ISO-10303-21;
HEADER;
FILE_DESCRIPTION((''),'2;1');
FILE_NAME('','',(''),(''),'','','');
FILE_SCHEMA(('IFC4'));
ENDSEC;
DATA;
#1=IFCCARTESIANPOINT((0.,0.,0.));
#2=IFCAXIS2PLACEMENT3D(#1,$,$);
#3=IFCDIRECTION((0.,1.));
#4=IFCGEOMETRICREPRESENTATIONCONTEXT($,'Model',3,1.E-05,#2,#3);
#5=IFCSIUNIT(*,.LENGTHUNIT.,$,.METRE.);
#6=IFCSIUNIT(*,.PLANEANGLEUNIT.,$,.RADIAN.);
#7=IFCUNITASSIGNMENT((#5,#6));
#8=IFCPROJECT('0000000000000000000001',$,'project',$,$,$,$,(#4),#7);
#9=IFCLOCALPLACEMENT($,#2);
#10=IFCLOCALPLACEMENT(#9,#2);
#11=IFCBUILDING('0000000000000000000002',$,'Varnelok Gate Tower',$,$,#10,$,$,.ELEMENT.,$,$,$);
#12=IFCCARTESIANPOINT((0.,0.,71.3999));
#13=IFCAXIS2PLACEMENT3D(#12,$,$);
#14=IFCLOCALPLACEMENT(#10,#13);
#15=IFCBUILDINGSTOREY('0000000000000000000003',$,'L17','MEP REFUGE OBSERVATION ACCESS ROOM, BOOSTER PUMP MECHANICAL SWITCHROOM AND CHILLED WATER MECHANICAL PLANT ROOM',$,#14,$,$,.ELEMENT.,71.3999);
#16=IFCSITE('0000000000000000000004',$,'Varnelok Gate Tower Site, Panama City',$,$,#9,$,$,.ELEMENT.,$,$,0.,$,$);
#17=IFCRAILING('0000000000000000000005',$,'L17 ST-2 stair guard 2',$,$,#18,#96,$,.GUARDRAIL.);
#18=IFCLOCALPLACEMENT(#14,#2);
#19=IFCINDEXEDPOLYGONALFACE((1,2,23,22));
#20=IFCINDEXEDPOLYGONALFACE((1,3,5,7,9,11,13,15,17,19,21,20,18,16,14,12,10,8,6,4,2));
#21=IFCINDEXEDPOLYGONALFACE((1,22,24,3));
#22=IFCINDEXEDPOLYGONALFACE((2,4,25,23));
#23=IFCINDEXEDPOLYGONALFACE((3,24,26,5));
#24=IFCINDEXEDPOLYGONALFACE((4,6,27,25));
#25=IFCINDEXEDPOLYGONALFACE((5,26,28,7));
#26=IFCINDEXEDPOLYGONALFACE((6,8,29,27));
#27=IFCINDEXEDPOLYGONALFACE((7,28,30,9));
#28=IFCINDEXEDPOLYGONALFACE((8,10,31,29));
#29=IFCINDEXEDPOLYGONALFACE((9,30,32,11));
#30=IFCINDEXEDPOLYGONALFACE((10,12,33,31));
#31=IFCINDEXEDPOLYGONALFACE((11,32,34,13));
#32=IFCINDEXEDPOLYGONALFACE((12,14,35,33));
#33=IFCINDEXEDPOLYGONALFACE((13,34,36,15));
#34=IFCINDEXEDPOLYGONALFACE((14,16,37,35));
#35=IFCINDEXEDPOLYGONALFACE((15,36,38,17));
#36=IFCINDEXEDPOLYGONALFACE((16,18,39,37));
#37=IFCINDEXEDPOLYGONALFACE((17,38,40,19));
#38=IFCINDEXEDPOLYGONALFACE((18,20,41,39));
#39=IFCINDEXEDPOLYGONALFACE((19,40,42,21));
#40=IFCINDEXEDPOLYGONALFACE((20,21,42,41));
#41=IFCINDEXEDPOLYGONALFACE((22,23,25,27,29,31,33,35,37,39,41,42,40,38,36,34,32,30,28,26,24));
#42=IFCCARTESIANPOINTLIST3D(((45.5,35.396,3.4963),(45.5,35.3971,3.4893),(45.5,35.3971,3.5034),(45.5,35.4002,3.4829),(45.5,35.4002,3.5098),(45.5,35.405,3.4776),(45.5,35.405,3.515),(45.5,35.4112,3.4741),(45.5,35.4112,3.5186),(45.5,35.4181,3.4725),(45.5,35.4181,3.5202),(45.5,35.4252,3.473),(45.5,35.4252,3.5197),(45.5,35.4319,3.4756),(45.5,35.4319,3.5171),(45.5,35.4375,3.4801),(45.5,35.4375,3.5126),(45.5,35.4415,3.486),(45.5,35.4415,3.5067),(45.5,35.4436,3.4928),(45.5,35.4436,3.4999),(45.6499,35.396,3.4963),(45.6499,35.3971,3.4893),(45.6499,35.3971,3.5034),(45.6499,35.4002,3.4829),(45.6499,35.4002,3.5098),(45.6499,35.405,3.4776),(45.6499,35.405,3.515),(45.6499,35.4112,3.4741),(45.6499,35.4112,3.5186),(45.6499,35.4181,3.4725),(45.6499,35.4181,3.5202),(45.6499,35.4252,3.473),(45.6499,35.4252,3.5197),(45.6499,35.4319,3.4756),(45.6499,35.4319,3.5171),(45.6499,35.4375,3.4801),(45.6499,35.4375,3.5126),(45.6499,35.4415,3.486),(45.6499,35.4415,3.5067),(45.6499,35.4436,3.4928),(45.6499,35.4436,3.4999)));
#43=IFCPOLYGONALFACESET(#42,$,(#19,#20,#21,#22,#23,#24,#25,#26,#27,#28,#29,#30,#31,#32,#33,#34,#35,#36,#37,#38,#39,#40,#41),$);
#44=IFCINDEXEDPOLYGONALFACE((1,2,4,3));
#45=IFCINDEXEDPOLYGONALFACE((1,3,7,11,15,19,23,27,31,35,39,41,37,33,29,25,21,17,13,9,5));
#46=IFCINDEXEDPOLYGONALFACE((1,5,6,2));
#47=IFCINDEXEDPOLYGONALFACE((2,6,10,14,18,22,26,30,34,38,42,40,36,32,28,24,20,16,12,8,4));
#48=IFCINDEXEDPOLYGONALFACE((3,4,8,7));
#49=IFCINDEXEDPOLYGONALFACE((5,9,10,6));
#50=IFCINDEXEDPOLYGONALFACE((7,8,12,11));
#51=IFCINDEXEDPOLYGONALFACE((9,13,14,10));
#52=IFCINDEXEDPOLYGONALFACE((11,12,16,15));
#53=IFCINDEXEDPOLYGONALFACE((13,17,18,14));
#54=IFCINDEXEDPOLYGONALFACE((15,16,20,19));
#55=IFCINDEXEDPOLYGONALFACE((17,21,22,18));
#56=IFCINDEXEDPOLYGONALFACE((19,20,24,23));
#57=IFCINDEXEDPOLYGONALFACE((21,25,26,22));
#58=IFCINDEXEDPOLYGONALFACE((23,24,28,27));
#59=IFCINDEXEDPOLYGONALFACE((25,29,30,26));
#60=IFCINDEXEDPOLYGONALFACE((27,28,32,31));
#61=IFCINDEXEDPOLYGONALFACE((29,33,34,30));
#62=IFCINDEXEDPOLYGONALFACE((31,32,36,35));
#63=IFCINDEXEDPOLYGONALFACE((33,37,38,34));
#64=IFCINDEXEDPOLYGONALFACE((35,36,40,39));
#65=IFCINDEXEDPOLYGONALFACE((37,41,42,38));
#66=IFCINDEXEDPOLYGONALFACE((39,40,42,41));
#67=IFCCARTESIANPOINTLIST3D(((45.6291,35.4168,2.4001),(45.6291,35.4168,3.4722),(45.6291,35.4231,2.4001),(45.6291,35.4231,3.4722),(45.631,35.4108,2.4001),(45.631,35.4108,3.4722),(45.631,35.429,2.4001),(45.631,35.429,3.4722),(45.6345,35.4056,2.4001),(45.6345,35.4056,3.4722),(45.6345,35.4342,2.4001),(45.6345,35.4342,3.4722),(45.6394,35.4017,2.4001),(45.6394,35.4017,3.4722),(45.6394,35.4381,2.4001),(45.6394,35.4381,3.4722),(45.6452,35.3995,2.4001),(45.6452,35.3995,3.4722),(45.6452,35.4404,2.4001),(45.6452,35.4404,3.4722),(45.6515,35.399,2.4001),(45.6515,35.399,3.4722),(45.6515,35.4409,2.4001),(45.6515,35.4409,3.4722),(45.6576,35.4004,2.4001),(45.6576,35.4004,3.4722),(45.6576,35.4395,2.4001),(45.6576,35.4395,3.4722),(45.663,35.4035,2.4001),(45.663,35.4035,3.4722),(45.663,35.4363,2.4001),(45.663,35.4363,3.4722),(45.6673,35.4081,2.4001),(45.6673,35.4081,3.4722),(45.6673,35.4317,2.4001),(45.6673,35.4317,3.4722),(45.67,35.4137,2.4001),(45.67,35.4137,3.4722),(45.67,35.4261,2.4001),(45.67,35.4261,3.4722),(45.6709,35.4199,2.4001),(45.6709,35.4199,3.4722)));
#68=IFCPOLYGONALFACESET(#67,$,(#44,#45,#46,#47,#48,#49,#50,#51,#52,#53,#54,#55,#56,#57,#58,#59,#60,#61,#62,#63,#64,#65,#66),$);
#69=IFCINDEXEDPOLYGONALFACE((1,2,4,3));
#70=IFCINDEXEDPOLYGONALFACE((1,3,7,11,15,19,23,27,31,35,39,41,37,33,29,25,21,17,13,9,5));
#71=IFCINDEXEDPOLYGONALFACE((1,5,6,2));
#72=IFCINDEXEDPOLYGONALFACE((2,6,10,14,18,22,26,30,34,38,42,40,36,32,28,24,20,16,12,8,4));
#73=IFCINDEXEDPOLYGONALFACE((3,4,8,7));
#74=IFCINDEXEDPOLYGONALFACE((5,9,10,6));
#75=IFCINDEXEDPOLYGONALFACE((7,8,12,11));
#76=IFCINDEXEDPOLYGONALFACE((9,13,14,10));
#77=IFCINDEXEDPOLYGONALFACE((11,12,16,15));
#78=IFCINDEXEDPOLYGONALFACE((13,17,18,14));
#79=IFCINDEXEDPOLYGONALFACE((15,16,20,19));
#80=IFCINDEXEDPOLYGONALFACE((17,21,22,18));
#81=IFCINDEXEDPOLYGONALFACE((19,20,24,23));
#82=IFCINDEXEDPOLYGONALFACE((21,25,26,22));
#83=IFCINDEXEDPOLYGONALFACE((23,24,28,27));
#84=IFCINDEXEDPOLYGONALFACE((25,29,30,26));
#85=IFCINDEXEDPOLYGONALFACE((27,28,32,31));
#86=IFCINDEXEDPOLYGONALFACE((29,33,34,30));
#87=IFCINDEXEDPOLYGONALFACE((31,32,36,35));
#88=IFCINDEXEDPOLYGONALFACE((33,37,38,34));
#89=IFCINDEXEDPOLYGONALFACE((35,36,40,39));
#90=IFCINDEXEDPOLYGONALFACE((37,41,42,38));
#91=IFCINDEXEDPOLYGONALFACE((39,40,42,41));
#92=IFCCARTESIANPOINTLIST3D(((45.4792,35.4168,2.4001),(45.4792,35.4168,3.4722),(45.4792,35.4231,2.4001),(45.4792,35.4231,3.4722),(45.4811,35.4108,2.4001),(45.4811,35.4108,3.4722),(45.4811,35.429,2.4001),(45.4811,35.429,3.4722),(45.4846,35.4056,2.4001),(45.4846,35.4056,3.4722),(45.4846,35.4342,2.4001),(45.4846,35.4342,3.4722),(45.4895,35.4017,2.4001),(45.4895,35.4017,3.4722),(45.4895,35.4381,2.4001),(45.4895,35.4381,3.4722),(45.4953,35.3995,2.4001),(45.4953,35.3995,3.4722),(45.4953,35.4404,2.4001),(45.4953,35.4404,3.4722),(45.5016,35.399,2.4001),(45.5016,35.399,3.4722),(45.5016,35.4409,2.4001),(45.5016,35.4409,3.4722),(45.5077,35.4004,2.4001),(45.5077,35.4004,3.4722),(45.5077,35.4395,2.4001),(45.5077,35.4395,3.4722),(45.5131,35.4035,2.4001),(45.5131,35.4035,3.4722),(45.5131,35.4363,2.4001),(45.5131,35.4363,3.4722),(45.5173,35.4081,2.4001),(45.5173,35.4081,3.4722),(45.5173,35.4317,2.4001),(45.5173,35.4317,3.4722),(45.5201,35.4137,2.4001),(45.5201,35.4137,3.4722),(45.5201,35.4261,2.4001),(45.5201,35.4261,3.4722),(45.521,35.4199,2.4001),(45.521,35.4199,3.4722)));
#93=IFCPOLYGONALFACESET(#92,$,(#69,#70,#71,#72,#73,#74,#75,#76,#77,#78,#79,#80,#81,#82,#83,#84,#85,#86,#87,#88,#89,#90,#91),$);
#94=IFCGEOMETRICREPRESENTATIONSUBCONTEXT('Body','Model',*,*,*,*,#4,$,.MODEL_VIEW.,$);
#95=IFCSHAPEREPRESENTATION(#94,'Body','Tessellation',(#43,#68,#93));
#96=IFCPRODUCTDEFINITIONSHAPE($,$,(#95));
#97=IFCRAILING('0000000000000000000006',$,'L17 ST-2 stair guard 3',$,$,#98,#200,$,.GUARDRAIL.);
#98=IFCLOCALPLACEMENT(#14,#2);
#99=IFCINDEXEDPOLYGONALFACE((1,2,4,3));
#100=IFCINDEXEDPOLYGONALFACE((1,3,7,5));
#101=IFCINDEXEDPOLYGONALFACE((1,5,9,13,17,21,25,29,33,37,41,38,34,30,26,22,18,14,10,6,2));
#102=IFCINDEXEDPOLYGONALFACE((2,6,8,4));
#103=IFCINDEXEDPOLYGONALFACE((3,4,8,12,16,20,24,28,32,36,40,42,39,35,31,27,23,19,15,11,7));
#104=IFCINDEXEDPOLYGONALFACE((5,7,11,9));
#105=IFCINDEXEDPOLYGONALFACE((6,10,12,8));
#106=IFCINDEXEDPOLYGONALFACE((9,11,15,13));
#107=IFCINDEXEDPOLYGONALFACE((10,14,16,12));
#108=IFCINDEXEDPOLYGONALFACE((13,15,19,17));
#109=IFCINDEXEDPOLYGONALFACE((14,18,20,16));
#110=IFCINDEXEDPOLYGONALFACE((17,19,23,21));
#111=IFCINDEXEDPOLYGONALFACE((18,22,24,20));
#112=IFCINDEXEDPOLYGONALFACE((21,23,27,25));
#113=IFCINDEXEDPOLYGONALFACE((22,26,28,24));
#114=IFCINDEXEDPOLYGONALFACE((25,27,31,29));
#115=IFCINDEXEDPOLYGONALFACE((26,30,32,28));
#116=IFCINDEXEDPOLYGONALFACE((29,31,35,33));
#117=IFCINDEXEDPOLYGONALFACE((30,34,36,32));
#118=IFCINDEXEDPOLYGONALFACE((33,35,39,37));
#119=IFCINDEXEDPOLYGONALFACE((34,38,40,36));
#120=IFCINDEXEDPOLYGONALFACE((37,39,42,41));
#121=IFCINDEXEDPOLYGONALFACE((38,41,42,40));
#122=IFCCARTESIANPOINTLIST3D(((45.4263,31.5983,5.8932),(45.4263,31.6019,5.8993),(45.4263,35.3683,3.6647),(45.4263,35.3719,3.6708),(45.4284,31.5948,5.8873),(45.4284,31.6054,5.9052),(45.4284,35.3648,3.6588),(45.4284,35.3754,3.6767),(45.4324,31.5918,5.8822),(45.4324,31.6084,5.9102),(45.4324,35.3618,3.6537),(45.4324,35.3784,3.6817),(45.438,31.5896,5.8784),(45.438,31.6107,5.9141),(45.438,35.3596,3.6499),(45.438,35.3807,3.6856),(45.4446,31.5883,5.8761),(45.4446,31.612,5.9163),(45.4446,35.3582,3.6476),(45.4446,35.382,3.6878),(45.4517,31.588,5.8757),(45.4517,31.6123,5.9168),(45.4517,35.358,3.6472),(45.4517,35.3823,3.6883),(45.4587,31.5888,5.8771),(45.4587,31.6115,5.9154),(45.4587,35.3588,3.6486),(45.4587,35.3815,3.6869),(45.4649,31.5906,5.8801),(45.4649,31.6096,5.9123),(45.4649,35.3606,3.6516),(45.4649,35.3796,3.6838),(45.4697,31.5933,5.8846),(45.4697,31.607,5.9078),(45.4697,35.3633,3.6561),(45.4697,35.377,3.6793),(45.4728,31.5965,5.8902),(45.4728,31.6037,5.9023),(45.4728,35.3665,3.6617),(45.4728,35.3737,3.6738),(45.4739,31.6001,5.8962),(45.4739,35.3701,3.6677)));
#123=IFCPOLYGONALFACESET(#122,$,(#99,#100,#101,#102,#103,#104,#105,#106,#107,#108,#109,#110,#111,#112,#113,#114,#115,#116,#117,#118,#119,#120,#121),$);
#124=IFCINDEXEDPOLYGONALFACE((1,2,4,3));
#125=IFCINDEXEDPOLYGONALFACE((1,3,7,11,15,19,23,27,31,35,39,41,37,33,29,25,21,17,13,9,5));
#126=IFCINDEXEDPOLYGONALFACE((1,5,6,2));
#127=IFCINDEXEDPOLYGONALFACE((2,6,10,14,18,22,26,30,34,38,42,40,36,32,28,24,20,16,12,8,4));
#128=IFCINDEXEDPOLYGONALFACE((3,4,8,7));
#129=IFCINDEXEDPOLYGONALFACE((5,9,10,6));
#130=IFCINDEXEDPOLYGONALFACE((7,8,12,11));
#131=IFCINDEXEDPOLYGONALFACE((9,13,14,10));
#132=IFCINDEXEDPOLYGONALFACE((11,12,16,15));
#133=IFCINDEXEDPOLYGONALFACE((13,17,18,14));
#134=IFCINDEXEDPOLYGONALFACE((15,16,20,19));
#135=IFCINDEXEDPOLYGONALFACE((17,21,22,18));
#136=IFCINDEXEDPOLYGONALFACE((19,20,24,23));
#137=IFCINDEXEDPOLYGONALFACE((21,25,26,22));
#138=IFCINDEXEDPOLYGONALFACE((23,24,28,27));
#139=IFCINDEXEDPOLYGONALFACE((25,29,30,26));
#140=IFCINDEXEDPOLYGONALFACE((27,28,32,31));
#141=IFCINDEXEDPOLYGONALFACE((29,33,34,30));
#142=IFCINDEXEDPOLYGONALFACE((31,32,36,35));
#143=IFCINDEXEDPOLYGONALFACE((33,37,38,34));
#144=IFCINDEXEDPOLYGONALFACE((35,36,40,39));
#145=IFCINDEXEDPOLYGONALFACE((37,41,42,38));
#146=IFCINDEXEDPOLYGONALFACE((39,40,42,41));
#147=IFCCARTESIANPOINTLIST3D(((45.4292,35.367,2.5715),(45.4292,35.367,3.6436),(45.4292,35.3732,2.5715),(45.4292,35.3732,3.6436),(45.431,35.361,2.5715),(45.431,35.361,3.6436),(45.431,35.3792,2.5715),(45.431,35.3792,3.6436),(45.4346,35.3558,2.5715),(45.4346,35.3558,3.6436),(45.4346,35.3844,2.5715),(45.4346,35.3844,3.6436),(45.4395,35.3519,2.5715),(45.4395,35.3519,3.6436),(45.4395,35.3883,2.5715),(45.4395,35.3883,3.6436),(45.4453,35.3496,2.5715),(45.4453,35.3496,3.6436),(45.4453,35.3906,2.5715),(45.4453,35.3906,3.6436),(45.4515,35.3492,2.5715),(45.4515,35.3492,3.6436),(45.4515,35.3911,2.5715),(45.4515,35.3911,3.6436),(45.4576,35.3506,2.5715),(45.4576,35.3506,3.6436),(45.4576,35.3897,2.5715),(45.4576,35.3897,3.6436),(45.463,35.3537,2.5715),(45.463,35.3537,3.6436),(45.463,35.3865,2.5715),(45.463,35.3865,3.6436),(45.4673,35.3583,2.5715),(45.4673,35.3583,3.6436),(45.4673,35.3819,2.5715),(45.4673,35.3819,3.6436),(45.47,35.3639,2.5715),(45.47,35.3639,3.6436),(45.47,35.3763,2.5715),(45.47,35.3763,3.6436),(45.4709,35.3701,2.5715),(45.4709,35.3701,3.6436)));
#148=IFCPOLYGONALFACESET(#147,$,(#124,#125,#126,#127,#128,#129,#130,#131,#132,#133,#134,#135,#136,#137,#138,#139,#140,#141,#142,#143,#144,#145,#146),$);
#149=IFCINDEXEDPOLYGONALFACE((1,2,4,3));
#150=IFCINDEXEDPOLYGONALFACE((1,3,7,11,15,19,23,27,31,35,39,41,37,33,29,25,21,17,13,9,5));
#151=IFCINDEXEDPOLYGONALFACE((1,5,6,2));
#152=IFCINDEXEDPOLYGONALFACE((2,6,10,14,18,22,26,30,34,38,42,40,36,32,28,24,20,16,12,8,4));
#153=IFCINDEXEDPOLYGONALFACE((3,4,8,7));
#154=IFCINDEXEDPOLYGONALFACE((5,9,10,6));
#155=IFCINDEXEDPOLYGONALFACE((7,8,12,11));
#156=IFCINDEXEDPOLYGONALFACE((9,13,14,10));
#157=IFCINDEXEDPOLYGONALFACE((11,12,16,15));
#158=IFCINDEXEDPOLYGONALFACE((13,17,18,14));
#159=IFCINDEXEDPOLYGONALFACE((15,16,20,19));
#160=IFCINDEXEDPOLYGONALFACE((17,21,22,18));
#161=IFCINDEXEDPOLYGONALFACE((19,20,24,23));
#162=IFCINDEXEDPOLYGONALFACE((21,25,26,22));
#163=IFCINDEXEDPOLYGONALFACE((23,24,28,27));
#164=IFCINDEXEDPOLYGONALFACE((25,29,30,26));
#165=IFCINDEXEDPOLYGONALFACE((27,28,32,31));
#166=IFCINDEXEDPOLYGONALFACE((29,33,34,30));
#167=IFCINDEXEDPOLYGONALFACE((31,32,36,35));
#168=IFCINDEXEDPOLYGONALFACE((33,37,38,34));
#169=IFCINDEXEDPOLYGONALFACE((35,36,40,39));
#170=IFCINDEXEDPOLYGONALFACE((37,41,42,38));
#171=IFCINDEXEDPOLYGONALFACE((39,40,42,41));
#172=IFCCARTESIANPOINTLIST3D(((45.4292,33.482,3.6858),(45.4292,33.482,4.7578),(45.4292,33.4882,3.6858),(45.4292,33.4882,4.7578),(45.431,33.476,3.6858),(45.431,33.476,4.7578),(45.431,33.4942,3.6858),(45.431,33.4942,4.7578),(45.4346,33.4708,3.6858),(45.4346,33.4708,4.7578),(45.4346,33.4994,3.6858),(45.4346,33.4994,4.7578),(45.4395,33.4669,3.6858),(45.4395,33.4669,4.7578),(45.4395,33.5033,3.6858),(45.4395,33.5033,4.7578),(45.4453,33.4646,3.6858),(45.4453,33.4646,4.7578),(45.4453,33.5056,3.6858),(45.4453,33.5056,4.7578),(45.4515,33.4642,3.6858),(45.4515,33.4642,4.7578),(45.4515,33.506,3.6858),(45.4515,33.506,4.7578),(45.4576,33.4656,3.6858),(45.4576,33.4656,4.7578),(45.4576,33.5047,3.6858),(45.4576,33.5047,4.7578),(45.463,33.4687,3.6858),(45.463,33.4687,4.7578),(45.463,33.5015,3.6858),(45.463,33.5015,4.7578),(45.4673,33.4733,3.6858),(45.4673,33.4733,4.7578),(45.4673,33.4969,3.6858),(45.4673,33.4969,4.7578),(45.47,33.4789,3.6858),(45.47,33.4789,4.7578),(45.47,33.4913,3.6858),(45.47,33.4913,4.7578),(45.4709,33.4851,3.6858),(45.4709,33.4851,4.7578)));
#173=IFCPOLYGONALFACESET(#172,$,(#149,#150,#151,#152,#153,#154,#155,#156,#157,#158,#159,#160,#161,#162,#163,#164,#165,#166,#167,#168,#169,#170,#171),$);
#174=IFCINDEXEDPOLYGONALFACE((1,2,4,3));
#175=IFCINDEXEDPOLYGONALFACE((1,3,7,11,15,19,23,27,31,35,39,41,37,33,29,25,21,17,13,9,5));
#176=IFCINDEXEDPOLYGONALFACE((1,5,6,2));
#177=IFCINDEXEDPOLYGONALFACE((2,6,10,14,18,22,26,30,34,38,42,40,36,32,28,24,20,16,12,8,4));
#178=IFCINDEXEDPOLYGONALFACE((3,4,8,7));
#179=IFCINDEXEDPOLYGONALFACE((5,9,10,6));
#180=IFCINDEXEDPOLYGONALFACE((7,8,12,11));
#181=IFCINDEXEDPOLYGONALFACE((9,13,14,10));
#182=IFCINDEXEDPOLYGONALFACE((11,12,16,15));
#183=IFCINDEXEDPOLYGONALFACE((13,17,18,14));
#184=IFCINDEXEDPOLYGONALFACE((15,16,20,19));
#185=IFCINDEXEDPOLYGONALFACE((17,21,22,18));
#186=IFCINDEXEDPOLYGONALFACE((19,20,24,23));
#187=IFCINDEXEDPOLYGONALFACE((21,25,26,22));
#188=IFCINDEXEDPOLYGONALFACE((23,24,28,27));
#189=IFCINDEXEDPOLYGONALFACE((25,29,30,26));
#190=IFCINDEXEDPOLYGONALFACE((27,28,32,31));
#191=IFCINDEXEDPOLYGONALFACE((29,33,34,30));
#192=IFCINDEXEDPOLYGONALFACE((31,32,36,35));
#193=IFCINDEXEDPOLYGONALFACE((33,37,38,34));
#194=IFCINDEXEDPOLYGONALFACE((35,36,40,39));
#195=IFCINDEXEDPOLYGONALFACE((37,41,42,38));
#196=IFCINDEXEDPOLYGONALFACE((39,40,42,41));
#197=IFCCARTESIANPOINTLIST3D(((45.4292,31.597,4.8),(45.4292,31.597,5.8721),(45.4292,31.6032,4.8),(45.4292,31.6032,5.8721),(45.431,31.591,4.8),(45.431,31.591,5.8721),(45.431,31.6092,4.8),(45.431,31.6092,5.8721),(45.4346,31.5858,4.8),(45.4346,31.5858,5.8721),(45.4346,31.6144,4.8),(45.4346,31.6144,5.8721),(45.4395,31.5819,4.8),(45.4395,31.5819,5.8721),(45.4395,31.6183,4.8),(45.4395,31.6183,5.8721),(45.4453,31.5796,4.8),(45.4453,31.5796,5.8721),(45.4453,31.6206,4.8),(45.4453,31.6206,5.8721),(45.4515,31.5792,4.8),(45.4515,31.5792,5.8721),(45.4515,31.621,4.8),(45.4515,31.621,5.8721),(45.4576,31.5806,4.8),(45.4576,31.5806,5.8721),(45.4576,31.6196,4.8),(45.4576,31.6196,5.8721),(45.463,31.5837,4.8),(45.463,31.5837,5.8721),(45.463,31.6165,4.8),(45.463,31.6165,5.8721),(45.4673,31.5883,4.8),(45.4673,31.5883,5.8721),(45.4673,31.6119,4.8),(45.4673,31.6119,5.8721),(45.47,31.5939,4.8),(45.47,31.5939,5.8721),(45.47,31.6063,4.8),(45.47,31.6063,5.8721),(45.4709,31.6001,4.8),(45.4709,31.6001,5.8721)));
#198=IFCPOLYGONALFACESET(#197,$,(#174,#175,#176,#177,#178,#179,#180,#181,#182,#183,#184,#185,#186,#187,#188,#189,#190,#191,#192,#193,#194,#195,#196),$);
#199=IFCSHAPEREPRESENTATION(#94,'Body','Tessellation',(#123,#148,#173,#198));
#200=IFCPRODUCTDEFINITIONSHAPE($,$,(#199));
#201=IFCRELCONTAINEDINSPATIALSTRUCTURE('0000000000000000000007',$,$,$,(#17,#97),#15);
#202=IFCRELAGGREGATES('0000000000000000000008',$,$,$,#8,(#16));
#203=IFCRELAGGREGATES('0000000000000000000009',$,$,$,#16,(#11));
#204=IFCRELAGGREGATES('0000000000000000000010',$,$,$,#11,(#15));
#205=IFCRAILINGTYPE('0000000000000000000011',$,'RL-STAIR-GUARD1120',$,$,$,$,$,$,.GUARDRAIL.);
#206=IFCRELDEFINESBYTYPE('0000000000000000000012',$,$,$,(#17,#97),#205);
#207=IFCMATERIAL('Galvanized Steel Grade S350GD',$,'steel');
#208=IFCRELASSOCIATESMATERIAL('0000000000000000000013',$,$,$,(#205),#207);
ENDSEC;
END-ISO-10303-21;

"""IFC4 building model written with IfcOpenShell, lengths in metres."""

from ifc_helpers import new_model, si_unit, direction, frame, origin, origin_2d, place, context, subcontext, project, spatial, circle, extrude, material, type_object, element, save


model = new_model("IFC4")

# Units and contexts
model_context = context("Model", 3, precision=1e-05, world=origin(), true_north=direction((0.0, 1.0)))
body_context = subcontext(model_context, "Body", "Model", "MODEL_VIEW")
ifc_project = project(units=[si_unit("LENGTHUNIT", "METRE"), si_unit("PLANEANGLEUNIT", "RADIAN")], contexts=[model_context])

# Site, building, storey
site_placement = place(None, origin())
site = spatial("IfcSite", under=ifc_project, at=site_placement, Name="Varnelok Gate Tower Site, Panama City", CompositionType="ELEMENT", RefElevation=0.0)
building_placement = place(site_placement, origin())
building = spatial("IfcBuilding", under=site, at=building_placement, Name="Varnelok Gate Tower", CompositionType="ELEMENT")
storey_placement = place(building_placement, frame((0.0, 0.0, 71.3999)))
storey = spatial("IfcBuildingStorey", under=building, at=storey_placement, Name="L17", Description="MEP REFUGE OBSERVATION ACCESS ROOM, BOOSTER PUMP MECHANICAL SWITCHROOM AND CHILLED WATER MECHANICAL PLANT ROOM", CompositionType="ELEMENT", Elevation=71.3999)

# Shared definitions
ifc_material_1 = material(Name="Galvanized Steel Grade S350GD", Category="steel")

# Railings
railing_type = type_object("IfcRailingType", Name="RL-STAIR-GUARD1120", PredefinedType="GUARDRAIL", material=ifc_material_1)
railing_1_placement = place(storey_placement, frame((45.6499, 35.4199, 2.4001)))
element("IfcRailing", 1, at=railing_1_placement, inside=storey, type_object=railing_type, Name="L17 ST-2 stair guard 2", PredefinedType="GUARDRAIL", context=body_context, shape_type="SweptSolid", body=[
    extrude(circle(Radius=0.0239, at=origin_2d()), frame((0.0, 0.0, 1.0962), z_axis=(-1.0, 0.0, 0.0), x_axis=(0.0, -1.0, 0.0)), (0.0, 0.0, 1.0), 0.1499),
    extrude(circle(Radius=0.021, at=origin_2d()), origin(), (0.0, 0.0, 1.0), 1.072),
    extrude(circle(Radius=0.021, at=origin_2d()), frame((-0.1499, 0.0, 0.0)), (0.0, 0.0, 1.0), 1.072),
])
railing_2_placement = place(storey_placement, frame((45.45, 35.3701, 2.5715)))
element("IfcRailing", 2, at=railing_2_placement, inside=storey, type_object=railing_type, Name="L17 ST-2 stair guard 3", PredefinedType="GUARDRAIL", context=body_context, shape_type="SweptSolid", body=[
    extrude(circle(Radius=0.0239, at=origin_2d()), frame((0.0, 0.0, 1.0962), z_axis=(0.0, -0.860849, 0.508861), x_axis=(1.0, 0.0, 0.0)), (0.0, 0.0, 1.0), 4.3794),
    extrude(circle(Radius=0.021, at=origin_2d()), origin(), (0.0, 0.0, 1.0), 1.072),
    extrude(circle(Radius=0.021, at=origin_2d()), frame((0.0, -1.885, 1.1143)), (0.0, 0.0, 1.0), 1.072),
    extrude(circle(Radius=0.021, at=origin_2d()), frame((0.0, -3.77, 2.2285)), (0.0, 0.0, 1.0), 1.072),
])

save(model, "model.ifc")
